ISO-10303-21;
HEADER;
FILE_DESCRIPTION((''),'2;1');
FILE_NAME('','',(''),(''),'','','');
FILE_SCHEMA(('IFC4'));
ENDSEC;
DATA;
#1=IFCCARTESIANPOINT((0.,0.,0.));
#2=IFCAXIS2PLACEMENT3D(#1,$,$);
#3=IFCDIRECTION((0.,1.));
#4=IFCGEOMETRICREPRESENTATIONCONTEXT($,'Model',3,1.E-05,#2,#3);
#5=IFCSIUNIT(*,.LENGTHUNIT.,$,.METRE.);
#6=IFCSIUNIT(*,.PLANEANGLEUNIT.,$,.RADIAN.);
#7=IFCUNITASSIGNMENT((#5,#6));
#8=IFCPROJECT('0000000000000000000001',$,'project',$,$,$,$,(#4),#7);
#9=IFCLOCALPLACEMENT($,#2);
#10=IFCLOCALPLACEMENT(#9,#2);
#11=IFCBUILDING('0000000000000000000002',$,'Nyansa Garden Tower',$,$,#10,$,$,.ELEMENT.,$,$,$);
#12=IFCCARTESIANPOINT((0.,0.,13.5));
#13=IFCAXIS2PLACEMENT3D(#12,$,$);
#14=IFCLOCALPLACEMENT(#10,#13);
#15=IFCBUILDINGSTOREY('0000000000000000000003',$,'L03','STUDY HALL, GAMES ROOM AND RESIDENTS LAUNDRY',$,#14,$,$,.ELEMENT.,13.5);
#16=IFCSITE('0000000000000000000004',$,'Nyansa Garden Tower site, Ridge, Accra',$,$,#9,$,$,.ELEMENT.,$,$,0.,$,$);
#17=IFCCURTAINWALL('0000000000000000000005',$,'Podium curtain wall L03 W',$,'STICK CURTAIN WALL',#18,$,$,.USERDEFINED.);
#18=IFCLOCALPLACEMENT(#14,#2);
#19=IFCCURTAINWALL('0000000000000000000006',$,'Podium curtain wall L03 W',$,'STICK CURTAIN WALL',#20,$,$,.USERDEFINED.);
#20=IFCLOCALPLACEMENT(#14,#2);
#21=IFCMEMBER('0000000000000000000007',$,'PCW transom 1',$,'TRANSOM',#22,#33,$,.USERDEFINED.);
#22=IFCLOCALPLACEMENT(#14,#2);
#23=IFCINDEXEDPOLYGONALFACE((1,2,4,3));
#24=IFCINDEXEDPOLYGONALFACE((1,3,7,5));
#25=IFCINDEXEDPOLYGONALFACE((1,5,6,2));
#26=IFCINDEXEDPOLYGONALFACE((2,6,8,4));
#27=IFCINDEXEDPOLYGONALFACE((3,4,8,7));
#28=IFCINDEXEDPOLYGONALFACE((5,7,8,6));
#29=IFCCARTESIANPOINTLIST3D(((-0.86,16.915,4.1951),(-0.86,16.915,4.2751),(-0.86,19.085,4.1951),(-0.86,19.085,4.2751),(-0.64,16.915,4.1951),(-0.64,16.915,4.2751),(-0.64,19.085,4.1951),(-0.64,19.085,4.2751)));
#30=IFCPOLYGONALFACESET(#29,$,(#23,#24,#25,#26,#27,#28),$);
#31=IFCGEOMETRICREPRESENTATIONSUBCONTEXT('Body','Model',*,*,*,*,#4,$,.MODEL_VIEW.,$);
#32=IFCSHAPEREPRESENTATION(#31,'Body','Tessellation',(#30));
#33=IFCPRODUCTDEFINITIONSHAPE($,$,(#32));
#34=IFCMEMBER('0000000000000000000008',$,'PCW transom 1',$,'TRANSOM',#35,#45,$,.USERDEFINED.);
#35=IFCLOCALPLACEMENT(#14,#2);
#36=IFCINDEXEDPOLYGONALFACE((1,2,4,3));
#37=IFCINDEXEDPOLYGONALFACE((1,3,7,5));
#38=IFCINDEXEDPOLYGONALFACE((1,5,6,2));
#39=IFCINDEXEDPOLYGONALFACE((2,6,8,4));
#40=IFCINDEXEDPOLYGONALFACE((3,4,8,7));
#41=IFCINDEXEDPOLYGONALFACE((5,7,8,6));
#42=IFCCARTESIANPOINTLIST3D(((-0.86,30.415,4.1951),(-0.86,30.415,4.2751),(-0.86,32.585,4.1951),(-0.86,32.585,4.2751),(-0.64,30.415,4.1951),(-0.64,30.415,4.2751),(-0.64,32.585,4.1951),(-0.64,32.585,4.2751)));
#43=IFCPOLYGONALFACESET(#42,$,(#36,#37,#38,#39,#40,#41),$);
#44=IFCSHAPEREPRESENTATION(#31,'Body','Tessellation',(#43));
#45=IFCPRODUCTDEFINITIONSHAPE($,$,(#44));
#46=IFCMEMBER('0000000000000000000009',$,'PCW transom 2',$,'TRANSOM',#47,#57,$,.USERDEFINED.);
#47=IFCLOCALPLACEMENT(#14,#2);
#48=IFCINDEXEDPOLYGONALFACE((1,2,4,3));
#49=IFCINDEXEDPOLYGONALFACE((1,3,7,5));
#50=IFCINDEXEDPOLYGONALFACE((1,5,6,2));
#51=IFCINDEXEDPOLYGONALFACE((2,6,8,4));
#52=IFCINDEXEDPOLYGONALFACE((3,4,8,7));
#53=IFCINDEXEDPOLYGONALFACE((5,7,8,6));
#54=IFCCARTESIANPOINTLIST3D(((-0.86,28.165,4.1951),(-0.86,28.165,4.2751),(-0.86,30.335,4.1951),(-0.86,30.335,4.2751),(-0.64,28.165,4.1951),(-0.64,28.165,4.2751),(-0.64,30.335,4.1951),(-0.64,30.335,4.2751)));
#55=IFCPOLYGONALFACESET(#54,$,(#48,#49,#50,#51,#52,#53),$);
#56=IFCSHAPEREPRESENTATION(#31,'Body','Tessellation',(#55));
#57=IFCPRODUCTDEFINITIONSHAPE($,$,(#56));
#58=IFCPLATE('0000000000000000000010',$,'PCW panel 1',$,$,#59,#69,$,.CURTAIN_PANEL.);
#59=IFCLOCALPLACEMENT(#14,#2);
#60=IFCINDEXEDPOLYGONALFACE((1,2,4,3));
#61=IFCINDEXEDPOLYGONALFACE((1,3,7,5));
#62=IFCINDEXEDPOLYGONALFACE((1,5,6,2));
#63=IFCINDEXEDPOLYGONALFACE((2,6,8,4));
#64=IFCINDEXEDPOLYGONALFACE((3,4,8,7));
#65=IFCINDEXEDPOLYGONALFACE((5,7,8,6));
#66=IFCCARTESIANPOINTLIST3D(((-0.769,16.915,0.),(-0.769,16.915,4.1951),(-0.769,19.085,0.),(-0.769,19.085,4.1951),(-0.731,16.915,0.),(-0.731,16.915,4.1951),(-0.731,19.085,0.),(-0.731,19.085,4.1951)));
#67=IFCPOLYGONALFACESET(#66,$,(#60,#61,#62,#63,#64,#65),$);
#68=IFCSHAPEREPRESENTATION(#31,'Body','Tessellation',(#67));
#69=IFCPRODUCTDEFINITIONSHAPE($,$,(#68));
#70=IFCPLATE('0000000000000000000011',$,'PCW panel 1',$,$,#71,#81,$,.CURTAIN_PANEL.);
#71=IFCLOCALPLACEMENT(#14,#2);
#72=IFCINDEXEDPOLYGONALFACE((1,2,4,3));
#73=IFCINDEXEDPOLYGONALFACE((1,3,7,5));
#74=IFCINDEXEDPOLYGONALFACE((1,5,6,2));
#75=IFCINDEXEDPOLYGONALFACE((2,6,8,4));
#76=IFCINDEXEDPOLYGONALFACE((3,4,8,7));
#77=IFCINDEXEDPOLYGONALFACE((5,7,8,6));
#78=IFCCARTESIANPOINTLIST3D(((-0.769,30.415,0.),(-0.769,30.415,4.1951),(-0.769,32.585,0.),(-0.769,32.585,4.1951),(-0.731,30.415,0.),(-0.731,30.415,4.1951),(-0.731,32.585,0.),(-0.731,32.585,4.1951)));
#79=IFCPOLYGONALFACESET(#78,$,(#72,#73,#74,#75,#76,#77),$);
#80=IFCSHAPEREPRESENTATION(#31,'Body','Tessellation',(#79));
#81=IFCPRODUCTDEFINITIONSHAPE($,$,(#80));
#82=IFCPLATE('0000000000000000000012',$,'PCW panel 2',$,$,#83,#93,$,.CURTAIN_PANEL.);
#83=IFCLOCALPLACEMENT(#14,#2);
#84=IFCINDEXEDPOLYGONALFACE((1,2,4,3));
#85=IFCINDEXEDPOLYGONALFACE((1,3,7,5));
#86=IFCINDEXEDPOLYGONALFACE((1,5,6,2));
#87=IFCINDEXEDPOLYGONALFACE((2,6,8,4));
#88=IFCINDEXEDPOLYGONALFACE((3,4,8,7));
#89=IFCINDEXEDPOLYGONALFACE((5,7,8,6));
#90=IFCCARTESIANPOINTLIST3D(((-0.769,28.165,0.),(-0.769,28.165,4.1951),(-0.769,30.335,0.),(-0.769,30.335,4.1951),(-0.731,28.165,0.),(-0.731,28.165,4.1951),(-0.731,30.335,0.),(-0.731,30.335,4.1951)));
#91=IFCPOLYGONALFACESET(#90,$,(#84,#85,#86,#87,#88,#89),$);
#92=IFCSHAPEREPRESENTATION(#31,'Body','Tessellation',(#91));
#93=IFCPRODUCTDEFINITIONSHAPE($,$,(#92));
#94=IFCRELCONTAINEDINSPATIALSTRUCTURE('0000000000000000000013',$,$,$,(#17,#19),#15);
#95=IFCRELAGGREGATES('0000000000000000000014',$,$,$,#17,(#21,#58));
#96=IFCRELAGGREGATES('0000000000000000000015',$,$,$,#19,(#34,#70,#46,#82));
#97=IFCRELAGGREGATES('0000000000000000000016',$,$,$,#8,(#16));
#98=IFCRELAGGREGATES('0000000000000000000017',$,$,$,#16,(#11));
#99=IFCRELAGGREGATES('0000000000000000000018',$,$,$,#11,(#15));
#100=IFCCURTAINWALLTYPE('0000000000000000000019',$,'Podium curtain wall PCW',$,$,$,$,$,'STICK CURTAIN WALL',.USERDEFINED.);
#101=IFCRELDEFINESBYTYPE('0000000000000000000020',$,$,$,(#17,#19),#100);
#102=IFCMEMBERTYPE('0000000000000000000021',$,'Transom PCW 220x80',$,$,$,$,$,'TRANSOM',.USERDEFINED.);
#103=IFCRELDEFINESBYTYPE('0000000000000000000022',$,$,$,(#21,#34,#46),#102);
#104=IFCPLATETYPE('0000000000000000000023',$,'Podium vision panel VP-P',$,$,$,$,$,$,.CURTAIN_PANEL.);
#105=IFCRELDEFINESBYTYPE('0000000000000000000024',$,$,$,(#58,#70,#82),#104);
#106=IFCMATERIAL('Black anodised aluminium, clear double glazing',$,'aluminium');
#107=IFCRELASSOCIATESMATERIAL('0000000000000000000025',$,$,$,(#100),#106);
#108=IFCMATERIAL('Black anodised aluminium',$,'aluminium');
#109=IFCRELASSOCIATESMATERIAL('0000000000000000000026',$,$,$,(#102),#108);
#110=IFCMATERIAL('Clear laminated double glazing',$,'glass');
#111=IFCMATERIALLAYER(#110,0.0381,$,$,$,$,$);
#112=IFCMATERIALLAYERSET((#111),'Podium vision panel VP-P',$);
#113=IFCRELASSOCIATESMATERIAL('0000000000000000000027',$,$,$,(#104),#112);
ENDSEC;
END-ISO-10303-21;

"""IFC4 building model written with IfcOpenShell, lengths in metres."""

from ifc_helpers import new_model, si_unit, direction, frame, origin, origin_2d, place, context, subcontext, project, spatial, rectangle, extrude, material, layer, layer_set, material_profile, profile_set, type_object, element, aggregate, save


model = new_model("IFC4")

# Units and contexts
model_context = context("Model", 3, precision=1e-05, world=origin(), true_north=direction((0.0, 1.0)))
body_context = subcontext(model_context, "Body", "Model", "MODEL_VIEW")
ifc_project = project(units=[si_unit("LENGTHUNIT", "METRE"), si_unit("PLANEANGLEUNIT", "RADIAN")], contexts=[model_context])

# Site, building, storey
site_placement = place(None, origin())
site = spatial("IfcSite", under=ifc_project, at=site_placement, Name="Nyansa Garden Tower site, Ridge, Accra", CompositionType="ELEMENT", RefElevation=0.0)
building_placement = place(site_placement, origin())
building = spatial("IfcBuilding", under=site, at=building_placement, Name="Nyansa Garden Tower", CompositionType="ELEMENT")
storey_placement = place(building_placement, frame((0.0, 0.0, 13.5)))
storey = spatial("IfcBuildingStorey", under=building, at=storey_placement, Name="L03", Description="STUDY HALL, GAMES ROOM AND RESIDENTS LAUNDRY", CompositionType="ELEMENT", Elevation=13.5)

# Curtain walls
ifc_material_1 = material(Name="Black anodised aluminium, clear double glazing", Category="aluminium")
curtain_wall_type = type_object("IfcCurtainWallType", Name="Podium curtain wall PCW", ElementType="STICK CURTAIN WALL", PredefinedType="USERDEFINED", material=ifc_material_1)
curtain_wall_1_placement = place(storey_placement, origin())
curtain_wall_1 = element("IfcCurtainWall", 1, at=curtain_wall_1_placement, inside=storey, type_object=curtain_wall_type, Name="Podium curtain wall L03 W", ObjectType="STICK CURTAIN WALL", PredefinedType="USERDEFINED")
curtain_wall_2_placement = place(storey_placement, origin())
curtain_wall_2 = element("IfcCurtainWall", 2, at=curtain_wall_2_placement, inside=storey, type_object=curtain_wall_type, Name="Podium curtain wall L03 W", ObjectType="STICK CURTAIN WALL", PredefinedType="USERDEFINED")

# Members
ifc_material_2 = material(Name="Black anodised aluminium", Category="aluminium")
ifc_material_profile_1 = material_profile(ifc_material_2, rectangle(XDim=0.22, YDim=0.0801, at=origin_2d()), Name="Transom 220x80")
ifc_profile_set_1 = profile_set([ifc_material_profile_1], Name="Black anodised aluminium")
member_type_1 = type_object("IfcMemberType", Name="Transom PCW 220x80", ElementType="TRANSOM", PredefinedType="USERDEFINED", material=ifc_profile_set_1)
member_1_placement = place(storey_placement, frame((-0.75, 19.085, 4.2351), z_axis=(0.0, -1.0, 0.0), x_axis=(1.0, 0.0, 0.0)))
member_1 = element("IfcMember", 3, at=member_1_placement, type_object=member_type_1, Name="PCW transom 1", ObjectType="TRANSOM", PredefinedType="USERDEFINED", context=body_context, shape_type="SweptSolid", body=[
    extrude(rectangle(XDim=0.22, YDim=0.0801, at=origin_2d()), origin(), (0.0, 0.0, 1.0), 2.1699),
])
member_2_placement = place(storey_placement, frame((-0.75, 32.585, 4.2351), z_axis=(0.0, -1.0, 0.0), x_axis=(1.0, 0.0, 0.0)))
member_2 = element("IfcMember", 4, at=member_2_placement, type_object=member_type_1, Name="PCW transom 1", ObjectType="TRANSOM", PredefinedType="USERDEFINED", context=body_context, shape_type="SweptSolid", body=[
    extrude(rectangle(XDim=0.22, YDim=0.0801, at=origin_2d()), origin(), (0.0, 0.0, 1.0), 2.1699),
])
member_3_placement = place(storey_placement, frame((-0.75, 30.335, 4.2351), z_axis=(0.0, -1.0, 0.0), x_axis=(1.0, 0.0, 0.0)))
member_3 = element("IfcMember", 5, at=member_3_placement, type_object=member_type_1, Name="PCW transom 2", ObjectType="TRANSOM", PredefinedType="USERDEFINED", context=body_context, shape_type="SweptSolid", body=[
    extrude(rectangle(XDim=0.22, YDim=0.0801, at=origin_2d()), origin(), (0.0, 0.0, 1.0), 2.1699),
])

# Plates
ifc_material_3 = material(Name="Clear laminated double glazing", Category="glass")
ifc_layer_1 = layer(ifc_material_3, 0.0381)
ifc_layer_set_1 = layer_set([ifc_layer_1], Name="Podium vision panel VP-P")
plate_type = type_object("IfcPlateType", Name="Podium vision panel VP-P", PredefinedType="CURTAIN_PANEL", material=ifc_layer_set_1)
plate_1_placement = place(storey_placement, frame((-0.75, 18.0, 0.0), z_axis=(0.0, 0.0, 1.0), x_axis=(0.0, -1.0, 0.0)))
plate_1 = element("IfcPlate", 6, at=plate_1_placement, type_object=plate_type, Name="PCW panel 1", PredefinedType="CURTAIN_PANEL", context=body_context, shape_type="SweptSolid", body=[
    extrude(rectangle(XDim=2.1699, YDim=0.0381, at=origin_2d()), origin(), (0.0, 0.0, 1.0), 4.1951),
])
aggregate(curtain_wall_1, [member_1, plate_1])
plate_2_placement = place(storey_placement, frame((-0.75, 31.5, 0.0), z_axis=(0.0, 0.0, 1.0), x_axis=(0.0, -1.0, 0.0)))
plate_2 = element("IfcPlate", 7, at=plate_2_placement, type_object=plate_type, Name="PCW panel 1", PredefinedType="CURTAIN_PANEL", context=body_context, shape_type="SweptSolid", body=[
    extrude(rectangle(XDim=2.1699, YDim=0.0381, at=origin_2d()), origin(), (0.0, 0.0, 1.0), 4.1951),
])
plate_3_placement = place(storey_placement, frame((-0.75, 29.25, 0.0), z_axis=(0.0, 0.0, 1.0), x_axis=(0.0, -1.0, 0.0)))
plate_3 = element("IfcPlate", 8, at=plate_3_placement, type_object=plate_type, Name="PCW panel 2", PredefinedType="CURTAIN_PANEL", context=body_context, shape_type="SweptSolid", body=[
    extrude(rectangle(XDim=2.1699, YDim=0.0381, at=origin_2d()), origin(), (0.0, 0.0, 1.0), 4.1951),
])
aggregate(curtain_wall_2, [member_2, plate_2, member_3, plate_3])

save(model, "model.ifc")
